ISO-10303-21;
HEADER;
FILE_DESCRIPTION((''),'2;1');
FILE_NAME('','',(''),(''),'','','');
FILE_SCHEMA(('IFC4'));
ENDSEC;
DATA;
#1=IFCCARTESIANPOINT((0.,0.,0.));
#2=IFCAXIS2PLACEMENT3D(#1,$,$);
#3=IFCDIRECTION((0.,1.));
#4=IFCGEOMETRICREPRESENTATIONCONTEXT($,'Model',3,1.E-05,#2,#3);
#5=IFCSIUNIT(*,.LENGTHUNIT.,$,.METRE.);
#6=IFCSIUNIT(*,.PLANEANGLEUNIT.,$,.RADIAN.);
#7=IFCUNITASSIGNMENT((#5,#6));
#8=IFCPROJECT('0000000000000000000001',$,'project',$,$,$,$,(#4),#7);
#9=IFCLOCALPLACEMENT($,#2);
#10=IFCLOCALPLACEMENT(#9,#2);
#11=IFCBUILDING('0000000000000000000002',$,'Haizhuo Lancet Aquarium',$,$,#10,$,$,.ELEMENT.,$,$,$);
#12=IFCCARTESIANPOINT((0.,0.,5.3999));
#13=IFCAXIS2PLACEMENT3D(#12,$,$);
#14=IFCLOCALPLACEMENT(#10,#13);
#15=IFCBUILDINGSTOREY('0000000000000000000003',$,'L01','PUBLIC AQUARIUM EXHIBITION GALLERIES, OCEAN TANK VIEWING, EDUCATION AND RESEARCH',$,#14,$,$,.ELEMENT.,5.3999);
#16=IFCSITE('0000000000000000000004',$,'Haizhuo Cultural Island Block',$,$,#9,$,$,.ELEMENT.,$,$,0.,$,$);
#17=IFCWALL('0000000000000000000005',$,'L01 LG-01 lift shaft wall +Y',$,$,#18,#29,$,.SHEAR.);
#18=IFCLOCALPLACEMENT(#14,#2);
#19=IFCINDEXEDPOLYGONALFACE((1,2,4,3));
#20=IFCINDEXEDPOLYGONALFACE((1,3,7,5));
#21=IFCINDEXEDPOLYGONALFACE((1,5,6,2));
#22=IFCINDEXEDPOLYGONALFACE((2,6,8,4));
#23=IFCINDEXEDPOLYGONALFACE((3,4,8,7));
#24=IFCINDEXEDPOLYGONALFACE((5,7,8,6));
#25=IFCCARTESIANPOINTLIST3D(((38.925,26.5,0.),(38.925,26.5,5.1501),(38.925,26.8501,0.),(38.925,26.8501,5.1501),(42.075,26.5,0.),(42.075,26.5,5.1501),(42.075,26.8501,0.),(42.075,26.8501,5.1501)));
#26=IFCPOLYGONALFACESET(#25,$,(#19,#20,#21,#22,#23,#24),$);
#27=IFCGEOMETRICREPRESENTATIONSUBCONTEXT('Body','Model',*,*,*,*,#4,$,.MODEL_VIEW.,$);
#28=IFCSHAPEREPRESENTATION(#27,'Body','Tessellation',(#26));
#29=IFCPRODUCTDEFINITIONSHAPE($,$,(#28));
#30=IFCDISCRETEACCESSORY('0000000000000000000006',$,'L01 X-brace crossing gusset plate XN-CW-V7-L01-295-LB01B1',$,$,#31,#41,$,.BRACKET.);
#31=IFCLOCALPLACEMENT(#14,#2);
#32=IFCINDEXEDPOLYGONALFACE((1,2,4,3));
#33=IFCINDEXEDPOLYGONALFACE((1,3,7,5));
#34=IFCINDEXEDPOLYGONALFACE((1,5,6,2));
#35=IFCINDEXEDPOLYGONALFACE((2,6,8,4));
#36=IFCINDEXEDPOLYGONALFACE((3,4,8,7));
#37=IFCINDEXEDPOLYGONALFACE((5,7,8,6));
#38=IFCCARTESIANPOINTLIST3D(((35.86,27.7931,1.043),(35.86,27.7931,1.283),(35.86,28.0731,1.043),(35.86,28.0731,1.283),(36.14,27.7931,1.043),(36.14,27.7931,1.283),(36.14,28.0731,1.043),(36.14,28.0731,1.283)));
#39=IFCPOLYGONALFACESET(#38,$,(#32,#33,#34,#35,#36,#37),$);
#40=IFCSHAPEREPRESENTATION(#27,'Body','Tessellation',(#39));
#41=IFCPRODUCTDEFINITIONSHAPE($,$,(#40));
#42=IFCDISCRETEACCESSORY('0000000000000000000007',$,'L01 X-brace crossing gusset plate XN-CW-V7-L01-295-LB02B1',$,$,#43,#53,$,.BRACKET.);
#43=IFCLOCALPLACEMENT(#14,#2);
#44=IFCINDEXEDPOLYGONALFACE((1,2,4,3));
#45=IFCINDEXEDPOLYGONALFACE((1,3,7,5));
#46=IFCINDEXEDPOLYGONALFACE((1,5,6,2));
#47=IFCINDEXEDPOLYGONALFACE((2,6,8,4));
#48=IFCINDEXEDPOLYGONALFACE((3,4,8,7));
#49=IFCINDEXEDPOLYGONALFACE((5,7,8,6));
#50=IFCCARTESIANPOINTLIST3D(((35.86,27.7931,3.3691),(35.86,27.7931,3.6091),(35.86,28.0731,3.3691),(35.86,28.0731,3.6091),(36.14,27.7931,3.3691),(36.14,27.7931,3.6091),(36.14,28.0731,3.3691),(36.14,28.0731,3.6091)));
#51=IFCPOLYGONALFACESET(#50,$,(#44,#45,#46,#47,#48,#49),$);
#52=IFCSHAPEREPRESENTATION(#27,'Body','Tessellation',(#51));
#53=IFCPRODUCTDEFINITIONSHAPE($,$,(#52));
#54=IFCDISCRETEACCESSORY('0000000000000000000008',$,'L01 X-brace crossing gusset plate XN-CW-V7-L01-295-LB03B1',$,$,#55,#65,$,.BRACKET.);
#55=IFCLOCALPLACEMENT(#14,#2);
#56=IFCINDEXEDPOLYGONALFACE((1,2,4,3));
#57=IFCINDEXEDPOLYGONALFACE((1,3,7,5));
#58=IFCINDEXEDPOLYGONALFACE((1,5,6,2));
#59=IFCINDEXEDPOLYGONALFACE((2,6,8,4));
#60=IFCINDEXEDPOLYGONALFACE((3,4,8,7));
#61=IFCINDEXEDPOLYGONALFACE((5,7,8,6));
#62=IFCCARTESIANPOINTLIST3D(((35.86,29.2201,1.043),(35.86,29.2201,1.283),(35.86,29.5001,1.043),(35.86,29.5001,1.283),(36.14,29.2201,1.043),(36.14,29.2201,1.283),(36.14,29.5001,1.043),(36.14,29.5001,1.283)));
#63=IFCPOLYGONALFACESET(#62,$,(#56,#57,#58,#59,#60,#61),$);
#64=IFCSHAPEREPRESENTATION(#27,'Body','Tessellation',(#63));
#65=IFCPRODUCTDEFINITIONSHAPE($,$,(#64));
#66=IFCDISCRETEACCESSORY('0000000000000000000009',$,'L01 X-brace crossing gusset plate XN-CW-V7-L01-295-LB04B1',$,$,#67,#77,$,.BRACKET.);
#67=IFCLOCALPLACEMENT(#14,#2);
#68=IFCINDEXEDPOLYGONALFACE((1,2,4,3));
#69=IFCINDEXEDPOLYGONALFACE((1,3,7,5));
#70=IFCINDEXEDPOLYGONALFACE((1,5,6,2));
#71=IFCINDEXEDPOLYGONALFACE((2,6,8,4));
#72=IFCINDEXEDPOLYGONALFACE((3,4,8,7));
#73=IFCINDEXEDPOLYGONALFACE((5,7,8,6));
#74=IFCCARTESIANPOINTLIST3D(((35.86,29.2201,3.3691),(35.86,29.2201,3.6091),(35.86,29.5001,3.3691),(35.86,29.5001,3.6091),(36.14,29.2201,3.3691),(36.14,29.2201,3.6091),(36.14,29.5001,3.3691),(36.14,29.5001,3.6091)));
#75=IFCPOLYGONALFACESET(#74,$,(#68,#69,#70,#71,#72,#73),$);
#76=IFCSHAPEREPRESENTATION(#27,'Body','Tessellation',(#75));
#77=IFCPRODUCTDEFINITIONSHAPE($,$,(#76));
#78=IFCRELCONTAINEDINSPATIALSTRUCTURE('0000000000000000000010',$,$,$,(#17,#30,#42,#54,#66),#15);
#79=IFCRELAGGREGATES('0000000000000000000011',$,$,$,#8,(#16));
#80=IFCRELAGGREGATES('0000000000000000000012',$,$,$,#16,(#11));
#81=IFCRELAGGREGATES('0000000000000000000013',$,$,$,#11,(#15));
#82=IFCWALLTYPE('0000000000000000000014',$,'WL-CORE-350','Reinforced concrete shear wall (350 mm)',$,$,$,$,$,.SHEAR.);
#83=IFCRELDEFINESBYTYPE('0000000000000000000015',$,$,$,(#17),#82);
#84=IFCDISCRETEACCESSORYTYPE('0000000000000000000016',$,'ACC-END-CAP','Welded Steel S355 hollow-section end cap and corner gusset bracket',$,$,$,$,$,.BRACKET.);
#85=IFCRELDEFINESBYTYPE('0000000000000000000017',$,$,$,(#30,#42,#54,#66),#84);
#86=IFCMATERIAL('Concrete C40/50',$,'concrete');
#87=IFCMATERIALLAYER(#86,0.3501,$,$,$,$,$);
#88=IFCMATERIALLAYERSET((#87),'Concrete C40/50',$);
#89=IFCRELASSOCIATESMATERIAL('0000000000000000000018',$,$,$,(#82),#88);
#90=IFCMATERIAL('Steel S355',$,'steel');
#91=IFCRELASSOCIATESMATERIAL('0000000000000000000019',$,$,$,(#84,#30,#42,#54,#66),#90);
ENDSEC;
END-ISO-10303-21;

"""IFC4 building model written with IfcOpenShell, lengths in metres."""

from ifc_helpers import new_model, si_unit, direction, frame, frame_2d, origin, origin_2d, place, context, subcontext, project, spatial, rectangle, extrude, material, layer, layer_set, type_object, element, save


model = new_model("IFC4")

# Units and contexts
model_context = context("Model", 3, precision=1e-05, world=origin(), true_north=direction((0.0, 1.0)))
body_context = subcontext(model_context, "Body", "Model", "MODEL_VIEW")
ifc_project = project(units=[si_unit("LENGTHUNIT", "METRE"), si_unit("PLANEANGLEUNIT", "RADIAN")], contexts=[model_context])

# Site, building, storey
site_placement = place(None, origin())
site = spatial("IfcSite", under=ifc_project, at=site_placement, Name="Haizhuo Cultural Island Block", CompositionType="ELEMENT", RefElevation=0.0)
building_placement = place(site_placement, origin())
building = spatial("IfcBuilding", under=site, at=building_placement, Name="Haizhuo Lancet Aquarium", CompositionType="ELEMENT")
storey_placement = place(building_placement, frame((0.0, 0.0, 5.3999)))
storey = spatial("IfcBuildingStorey", under=building, at=storey_placement, Name="L01", Description="PUBLIC AQUARIUM EXHIBITION GALLERIES, OCEAN TANK VIEWING, EDUCATION AND RESEARCH", CompositionType="ELEMENT", Elevation=5.3999)

# Shared definitions
ifc_material_1 = material(Name="Steel S355", Category="steel")

# Wall
ifc_material_2 = material(Name="Concrete C40/50", Category="concrete")
ifc_layer_1 = layer(ifc_material_2, 0.3501)
ifc_layer_set_1 = layer_set([ifc_layer_1], Name="Concrete C40/50")
wall_type = type_object("IfcWallType", Name="WL-CORE-350", Description="Reinforced concrete shear wall (350 mm)", PredefinedType="SHEAR", material=ifc_layer_set_1)
wall_placement = place(storey_placement, frame((42.075, 26.675, 0.0), z_axis=(0.0, 0.0, 1.0), x_axis=(-1.0, 0.0, 0.0)))
element("IfcWall", 1, at=wall_placement, inside=storey, type_object=wall_type, Name="L01 LG-01 lift shaft wall +Y", PredefinedType="SHEAR", context=body_context, shape_type="SweptSolid", body=[
    extrude(rectangle(XDim=3.1499, YDim=0.3501, at=frame_2d((1.575, 0.0))), origin(), (0.0, 0.0, 1.0), 5.1501),
])

# Discrete accessories
discrete_accessory_type = type_object("IfcDiscreteAccessoryType", Name="ACC-END-CAP", Description="Welded Steel S355 hollow-section end cap and corner gusset bracket", PredefinedType="BRACKET", material=ifc_material_1)
for number, where, z_axis, x_axis, name in (
    (2, (36.0, 27.9331, 1.043), (0.0, 0.0, 1.0), (1.0, 0.0, 0.0), "L01 X-brace crossing gusset plate XN-CW-V7-L01-295-LB01B1"),
    (3, (36.0, 27.9331, 3.3691), (0.0, 0.0, 1.0), (1.0, 0.0, 0.0), "L01 X-brace crossing gusset plate XN-CW-V7-L01-295-LB02B1"),
    (4, (36.0, 29.3601, 1.043), (0.0, 0.0, 1.0), (1.0, 0.0, 0.0), "L01 X-brace crossing gusset plate XN-CW-V7-L01-295-LB03B1"),
    (5, (36.0, 29.3601, 3.3691), (0.0, 0.0, 1.0), (1.0, 0.0, 0.0), "L01 X-brace crossing gusset plate XN-CW-V7-L01-295-LB04B1"),
):
    element("IfcDiscreteAccessory", number, at=place(storey_placement, frame(where, z_axis=z_axis, x_axis=x_axis)), inside=storey, type_object=discrete_accessory_type, material=ifc_material_1, Name=name, PredefinedType="BRACKET", context=body_context, shape_type="SweptSolid", body=[
        extrude(rectangle(XDim=0.28, YDim=0.28, at=origin_2d()), origin(), (0.0, 0.0, 1.0), 0.24),
    ])

save(model, "model.ifc")
